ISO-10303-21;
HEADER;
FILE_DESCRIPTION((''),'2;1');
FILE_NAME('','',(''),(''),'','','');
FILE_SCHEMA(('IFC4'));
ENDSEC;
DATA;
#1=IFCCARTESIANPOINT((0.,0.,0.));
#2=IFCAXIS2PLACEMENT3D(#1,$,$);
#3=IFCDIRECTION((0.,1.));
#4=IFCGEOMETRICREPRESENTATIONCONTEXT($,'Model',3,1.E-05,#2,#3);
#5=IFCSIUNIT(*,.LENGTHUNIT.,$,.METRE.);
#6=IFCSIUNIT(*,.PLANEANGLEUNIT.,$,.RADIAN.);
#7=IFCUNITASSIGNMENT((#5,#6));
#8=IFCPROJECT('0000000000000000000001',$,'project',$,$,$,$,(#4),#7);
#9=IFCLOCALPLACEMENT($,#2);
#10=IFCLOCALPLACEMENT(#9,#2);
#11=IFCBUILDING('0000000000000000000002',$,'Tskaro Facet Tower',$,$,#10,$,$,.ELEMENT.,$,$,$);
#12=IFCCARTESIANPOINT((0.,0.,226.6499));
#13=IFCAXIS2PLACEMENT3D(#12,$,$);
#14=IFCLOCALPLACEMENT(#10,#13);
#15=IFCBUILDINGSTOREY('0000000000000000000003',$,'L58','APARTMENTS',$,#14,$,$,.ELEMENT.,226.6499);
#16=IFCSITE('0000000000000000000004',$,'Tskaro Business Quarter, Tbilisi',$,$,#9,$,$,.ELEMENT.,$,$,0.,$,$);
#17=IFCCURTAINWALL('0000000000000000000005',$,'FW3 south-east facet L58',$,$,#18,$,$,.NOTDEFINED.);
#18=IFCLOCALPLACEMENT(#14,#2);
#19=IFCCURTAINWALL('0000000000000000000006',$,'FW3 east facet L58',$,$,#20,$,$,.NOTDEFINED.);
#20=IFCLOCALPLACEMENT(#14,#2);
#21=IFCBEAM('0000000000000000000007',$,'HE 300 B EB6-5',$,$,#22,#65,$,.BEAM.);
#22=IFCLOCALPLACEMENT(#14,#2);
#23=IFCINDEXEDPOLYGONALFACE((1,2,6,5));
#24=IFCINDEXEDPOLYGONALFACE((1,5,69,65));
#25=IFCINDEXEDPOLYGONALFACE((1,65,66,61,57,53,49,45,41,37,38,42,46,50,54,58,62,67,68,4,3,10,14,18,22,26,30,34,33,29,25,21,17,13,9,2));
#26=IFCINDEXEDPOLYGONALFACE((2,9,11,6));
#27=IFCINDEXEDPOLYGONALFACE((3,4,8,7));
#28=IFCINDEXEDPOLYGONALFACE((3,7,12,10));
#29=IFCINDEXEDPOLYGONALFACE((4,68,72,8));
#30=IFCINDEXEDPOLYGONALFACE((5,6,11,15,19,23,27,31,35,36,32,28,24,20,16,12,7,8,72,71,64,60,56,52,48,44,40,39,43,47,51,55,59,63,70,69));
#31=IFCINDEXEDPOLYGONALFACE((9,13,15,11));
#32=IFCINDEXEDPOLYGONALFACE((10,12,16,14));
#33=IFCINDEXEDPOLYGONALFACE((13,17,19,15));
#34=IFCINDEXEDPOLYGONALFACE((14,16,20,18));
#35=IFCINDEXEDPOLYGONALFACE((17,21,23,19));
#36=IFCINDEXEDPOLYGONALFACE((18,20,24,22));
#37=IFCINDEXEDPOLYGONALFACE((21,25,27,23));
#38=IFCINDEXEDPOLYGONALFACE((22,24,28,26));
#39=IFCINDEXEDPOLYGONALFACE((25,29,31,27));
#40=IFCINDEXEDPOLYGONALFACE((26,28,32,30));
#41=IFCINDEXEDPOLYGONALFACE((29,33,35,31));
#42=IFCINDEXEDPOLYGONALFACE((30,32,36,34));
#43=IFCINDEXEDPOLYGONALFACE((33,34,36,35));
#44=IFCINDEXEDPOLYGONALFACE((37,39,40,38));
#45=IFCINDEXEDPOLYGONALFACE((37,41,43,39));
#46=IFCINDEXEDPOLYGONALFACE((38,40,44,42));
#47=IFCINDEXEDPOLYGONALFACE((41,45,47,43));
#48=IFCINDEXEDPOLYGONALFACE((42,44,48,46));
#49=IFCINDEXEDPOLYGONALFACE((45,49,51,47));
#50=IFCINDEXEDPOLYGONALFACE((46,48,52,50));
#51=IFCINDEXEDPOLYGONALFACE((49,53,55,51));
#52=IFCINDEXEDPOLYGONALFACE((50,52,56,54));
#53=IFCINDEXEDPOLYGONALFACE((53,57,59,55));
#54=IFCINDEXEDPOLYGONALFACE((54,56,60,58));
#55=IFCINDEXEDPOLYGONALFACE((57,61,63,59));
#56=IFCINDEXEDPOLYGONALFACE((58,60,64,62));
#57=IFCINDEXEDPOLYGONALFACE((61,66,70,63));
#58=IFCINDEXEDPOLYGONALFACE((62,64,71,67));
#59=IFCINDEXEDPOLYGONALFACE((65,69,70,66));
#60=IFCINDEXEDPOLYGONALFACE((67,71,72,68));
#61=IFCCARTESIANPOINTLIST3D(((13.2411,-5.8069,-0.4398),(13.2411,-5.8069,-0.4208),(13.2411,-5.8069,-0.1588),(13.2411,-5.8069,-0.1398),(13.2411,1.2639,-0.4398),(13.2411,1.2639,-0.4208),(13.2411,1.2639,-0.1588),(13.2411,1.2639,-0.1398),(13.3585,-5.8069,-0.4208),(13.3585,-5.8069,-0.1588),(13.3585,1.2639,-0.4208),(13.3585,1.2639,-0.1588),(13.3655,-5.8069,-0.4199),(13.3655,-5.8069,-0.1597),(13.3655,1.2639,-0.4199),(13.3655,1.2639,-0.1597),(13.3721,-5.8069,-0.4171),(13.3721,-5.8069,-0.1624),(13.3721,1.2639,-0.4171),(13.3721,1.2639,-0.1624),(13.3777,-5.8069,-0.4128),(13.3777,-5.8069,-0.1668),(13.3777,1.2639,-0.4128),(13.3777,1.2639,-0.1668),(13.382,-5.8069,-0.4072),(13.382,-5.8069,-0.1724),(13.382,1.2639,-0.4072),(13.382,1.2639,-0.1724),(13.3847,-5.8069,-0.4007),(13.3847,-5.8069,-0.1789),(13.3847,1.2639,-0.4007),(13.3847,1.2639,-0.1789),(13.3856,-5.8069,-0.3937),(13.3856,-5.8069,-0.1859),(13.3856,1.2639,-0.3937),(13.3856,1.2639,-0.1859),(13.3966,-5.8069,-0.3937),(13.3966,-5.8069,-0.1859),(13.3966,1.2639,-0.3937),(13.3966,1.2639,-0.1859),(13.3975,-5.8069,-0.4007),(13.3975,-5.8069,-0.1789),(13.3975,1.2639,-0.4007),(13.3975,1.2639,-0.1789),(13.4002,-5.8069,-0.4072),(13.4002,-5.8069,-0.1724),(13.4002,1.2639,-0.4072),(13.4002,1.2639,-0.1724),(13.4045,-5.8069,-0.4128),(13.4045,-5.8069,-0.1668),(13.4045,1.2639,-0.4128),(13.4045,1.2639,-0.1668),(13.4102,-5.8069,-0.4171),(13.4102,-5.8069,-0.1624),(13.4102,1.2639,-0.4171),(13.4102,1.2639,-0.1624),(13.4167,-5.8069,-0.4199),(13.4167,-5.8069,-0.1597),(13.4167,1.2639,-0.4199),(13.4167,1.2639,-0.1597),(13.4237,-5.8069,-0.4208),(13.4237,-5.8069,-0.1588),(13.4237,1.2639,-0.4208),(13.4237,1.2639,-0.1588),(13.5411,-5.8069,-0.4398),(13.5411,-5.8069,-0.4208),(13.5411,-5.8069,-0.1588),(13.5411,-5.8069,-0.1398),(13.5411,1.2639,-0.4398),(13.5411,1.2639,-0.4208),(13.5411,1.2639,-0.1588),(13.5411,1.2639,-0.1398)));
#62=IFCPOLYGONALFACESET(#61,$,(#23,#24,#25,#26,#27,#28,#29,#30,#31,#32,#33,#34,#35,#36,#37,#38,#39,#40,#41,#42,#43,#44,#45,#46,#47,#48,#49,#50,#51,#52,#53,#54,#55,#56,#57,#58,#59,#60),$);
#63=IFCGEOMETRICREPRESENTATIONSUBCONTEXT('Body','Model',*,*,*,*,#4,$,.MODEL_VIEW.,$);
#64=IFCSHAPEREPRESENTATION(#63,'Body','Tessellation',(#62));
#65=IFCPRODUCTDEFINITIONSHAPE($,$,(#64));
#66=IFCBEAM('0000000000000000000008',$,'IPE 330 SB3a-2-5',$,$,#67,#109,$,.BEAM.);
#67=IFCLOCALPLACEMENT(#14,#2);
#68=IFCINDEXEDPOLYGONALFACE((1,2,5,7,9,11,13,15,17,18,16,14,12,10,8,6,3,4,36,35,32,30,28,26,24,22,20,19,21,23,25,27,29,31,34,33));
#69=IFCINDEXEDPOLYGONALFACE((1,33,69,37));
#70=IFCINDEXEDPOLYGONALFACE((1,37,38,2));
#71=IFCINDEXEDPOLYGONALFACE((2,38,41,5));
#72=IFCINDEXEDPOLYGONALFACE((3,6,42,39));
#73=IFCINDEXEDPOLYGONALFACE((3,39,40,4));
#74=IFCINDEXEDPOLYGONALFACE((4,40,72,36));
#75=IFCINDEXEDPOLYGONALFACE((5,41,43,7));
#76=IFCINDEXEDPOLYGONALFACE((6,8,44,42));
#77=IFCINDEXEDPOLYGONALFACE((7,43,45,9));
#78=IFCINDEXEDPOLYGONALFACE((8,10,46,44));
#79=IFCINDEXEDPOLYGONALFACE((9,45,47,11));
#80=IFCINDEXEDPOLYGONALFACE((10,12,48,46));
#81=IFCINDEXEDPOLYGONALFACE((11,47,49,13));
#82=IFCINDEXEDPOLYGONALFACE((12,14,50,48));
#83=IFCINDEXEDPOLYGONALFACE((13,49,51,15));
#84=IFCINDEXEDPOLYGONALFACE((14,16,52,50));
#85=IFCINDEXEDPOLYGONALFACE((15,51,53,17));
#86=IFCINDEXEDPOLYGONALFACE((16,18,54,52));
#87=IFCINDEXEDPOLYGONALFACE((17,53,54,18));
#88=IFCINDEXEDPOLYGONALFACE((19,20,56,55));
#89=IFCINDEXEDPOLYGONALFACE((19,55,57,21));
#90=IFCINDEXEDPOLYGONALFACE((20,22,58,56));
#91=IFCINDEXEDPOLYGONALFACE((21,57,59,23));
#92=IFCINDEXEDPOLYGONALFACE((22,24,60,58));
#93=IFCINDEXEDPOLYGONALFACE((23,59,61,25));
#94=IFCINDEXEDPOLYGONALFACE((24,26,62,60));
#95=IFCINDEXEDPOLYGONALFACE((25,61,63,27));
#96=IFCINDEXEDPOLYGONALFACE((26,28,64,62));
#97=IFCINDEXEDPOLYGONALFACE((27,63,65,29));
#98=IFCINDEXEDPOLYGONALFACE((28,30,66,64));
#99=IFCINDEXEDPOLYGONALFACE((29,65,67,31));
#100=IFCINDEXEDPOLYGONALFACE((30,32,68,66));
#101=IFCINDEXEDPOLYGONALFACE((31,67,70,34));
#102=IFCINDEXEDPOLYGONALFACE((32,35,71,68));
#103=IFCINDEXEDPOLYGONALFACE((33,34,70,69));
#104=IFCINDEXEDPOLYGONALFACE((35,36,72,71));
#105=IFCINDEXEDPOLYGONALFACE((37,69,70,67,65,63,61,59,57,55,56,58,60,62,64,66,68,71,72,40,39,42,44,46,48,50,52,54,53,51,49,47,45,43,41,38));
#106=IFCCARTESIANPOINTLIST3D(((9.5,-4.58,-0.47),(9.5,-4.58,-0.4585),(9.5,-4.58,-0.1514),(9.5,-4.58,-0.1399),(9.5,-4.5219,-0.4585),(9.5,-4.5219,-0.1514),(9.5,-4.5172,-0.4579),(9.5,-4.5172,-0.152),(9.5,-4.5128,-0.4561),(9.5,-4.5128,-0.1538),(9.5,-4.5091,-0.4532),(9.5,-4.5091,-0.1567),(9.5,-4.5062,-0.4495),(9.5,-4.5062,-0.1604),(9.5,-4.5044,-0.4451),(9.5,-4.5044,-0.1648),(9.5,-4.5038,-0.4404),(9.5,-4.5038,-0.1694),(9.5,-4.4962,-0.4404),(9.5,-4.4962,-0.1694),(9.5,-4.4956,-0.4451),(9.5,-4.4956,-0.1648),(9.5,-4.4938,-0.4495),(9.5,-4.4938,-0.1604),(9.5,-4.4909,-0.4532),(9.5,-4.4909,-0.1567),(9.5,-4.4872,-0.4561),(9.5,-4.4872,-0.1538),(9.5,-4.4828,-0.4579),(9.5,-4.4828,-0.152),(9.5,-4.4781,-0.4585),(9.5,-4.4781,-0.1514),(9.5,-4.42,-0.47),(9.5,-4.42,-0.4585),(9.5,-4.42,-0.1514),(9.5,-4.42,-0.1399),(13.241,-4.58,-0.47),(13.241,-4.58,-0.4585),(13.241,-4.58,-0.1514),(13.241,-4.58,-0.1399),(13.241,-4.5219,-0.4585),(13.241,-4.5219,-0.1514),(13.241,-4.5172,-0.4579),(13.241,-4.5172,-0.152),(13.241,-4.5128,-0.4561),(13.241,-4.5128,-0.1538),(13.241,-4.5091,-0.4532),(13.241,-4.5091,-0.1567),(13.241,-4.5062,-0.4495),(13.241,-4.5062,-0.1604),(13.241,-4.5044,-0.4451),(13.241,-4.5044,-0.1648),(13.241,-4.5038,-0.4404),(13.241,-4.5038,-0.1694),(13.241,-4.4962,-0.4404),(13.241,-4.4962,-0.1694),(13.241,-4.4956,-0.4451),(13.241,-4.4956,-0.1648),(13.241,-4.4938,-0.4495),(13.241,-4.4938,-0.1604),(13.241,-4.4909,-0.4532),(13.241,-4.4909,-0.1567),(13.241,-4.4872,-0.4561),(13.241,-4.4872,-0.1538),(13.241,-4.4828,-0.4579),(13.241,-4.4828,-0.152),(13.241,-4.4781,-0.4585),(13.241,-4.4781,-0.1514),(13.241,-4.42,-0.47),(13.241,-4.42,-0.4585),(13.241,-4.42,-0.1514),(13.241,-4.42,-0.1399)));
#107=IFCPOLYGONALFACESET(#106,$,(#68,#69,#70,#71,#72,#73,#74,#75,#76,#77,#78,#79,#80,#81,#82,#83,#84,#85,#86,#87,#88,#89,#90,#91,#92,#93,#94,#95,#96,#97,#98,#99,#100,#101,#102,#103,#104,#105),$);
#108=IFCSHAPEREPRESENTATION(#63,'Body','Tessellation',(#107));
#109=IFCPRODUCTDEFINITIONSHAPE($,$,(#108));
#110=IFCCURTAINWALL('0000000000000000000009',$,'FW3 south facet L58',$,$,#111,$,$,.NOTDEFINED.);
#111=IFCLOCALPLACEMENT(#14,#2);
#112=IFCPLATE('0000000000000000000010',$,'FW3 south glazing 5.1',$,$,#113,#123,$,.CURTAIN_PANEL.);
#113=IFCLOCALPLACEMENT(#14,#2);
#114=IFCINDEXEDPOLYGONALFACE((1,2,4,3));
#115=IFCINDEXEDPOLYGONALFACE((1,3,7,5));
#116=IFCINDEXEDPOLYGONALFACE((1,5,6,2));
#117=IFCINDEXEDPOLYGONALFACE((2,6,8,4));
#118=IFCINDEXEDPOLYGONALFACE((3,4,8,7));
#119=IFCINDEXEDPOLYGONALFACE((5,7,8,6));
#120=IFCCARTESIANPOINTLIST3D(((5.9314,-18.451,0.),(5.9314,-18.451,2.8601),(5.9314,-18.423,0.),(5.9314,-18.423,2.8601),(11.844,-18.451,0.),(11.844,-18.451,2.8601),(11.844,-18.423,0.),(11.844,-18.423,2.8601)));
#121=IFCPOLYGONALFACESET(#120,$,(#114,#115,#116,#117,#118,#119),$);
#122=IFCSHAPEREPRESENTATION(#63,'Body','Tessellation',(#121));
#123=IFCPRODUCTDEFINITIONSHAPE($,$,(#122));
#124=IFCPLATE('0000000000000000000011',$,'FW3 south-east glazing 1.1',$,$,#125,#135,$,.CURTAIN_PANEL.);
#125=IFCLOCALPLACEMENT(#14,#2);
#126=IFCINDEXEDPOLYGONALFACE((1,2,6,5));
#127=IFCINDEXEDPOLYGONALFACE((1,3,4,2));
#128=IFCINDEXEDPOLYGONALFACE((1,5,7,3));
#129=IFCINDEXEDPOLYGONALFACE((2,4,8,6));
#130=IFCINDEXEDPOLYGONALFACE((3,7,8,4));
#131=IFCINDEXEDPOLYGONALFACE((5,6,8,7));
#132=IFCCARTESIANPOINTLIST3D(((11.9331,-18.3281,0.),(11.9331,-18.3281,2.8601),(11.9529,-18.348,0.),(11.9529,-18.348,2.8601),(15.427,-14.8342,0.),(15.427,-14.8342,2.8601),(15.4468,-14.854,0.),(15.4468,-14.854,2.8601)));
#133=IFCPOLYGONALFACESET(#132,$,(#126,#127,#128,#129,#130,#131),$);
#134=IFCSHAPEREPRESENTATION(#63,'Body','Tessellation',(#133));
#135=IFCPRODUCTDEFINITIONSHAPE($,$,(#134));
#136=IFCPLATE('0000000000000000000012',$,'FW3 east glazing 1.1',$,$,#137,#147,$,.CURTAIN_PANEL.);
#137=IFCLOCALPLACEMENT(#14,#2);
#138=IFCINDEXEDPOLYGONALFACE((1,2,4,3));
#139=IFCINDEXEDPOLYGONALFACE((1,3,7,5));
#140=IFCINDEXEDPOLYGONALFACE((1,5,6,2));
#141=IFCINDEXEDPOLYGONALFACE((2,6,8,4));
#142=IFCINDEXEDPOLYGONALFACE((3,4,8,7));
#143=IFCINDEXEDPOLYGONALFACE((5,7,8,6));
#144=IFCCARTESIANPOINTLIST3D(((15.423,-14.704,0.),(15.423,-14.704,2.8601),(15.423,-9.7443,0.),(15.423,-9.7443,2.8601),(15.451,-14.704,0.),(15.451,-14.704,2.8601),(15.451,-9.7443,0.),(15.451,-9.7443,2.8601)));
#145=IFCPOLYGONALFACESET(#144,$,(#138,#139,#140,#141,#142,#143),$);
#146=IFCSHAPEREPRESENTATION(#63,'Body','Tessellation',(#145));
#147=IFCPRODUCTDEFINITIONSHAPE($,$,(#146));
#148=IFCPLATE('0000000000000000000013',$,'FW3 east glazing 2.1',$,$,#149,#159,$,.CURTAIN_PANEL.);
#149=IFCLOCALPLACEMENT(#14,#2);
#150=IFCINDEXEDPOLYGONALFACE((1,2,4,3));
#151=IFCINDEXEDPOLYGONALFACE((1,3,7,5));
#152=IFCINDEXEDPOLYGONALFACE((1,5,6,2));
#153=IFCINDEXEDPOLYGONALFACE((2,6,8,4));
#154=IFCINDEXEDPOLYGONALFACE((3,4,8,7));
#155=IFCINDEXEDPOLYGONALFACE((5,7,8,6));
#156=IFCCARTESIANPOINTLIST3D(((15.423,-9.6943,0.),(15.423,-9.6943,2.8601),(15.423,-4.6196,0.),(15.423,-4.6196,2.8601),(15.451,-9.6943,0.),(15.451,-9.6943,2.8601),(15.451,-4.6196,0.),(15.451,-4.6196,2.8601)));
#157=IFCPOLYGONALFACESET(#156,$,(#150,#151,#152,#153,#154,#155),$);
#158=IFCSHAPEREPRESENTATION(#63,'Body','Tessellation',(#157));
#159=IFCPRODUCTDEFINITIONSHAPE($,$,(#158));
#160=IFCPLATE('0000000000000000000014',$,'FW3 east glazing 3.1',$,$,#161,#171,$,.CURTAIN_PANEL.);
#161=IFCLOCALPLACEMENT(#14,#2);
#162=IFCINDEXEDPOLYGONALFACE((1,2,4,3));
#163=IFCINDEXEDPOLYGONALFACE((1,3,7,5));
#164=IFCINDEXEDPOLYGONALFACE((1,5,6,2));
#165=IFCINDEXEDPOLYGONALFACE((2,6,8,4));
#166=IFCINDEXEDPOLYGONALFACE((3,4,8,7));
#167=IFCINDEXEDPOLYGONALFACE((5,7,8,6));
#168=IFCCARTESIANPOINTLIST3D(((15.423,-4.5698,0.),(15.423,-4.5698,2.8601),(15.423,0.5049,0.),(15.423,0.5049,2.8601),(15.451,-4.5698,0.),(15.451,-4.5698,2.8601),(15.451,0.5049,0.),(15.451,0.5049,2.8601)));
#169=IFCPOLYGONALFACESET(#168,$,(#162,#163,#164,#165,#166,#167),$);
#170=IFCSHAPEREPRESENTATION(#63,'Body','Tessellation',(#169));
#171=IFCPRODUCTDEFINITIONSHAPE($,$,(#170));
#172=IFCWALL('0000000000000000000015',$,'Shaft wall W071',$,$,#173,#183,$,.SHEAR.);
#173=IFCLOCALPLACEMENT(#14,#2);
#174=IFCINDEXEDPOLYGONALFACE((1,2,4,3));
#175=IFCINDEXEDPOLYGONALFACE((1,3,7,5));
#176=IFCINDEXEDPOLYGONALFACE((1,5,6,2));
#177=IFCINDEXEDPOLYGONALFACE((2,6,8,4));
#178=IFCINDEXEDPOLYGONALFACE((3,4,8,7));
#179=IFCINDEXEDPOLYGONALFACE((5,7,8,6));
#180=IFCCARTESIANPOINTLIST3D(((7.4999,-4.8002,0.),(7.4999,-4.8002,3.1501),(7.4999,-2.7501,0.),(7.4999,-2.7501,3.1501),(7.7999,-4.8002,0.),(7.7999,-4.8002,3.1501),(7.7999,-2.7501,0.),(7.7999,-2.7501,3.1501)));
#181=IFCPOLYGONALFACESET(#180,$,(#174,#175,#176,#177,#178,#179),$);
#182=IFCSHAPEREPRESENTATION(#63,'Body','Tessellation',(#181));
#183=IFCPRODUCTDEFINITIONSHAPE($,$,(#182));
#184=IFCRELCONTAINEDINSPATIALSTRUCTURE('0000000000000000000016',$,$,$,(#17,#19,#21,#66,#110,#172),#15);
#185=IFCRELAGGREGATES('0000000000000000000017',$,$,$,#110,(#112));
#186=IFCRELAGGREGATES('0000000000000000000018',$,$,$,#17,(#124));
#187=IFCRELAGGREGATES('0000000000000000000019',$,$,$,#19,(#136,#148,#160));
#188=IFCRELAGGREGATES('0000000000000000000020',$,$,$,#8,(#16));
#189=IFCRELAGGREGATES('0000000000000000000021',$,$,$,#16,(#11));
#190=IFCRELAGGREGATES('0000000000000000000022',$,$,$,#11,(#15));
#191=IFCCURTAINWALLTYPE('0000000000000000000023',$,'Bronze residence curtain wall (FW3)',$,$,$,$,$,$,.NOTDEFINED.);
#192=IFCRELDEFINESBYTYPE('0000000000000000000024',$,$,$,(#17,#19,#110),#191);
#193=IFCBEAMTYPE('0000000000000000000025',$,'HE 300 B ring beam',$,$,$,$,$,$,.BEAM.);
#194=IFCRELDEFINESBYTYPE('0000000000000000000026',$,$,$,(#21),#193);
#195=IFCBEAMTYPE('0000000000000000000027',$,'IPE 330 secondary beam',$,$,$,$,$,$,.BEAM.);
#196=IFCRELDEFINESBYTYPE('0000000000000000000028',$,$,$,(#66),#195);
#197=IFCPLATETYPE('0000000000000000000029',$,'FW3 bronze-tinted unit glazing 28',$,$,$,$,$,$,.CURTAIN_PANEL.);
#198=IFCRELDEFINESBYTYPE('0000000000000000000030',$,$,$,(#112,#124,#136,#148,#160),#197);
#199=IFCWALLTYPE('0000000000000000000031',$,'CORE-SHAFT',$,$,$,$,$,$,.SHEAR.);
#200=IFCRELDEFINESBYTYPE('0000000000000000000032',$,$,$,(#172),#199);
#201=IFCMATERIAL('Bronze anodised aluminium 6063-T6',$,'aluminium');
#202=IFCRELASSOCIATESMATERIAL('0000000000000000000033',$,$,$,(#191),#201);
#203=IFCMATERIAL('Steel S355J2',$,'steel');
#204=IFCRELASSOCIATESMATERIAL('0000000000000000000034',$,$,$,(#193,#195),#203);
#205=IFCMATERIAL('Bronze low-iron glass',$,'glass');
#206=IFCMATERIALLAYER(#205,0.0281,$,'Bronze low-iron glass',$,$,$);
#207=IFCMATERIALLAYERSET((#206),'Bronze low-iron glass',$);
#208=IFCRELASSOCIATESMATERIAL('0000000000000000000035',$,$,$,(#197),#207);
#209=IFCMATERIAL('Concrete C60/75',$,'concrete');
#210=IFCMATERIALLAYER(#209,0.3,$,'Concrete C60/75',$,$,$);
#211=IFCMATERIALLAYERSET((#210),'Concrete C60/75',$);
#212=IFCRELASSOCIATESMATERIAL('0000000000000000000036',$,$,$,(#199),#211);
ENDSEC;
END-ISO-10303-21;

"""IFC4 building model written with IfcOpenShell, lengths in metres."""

from ifc_helpers import new_model, si_unit, direction, frame, frame_2d, origin, origin_2d, place, context, subcontext, project, spatial, rectangle, i_section, extrude, material, layer, layer_set, material_profile, profile_set, type_object, element, aggregate, save


model = new_model("IFC4")

# Units and contexts
model_context = context("Model", 3, precision=1e-05, world=origin(), true_north=direction((0.0, 1.0)))
body_context = subcontext(model_context, "Body", "Model", "MODEL_VIEW")
ifc_project = project(units=[si_unit("LENGTHUNIT", "METRE"), si_unit("PLANEANGLEUNIT", "RADIAN")], contexts=[model_context])

# Site, building, storey
site_placement = place(None, origin())
site = spatial("IfcSite", under=ifc_project, at=site_placement, Name="Tskaro Business Quarter, Tbilisi", CompositionType="ELEMENT", RefElevation=0.0)
building_placement = place(site_placement, origin())
building = spatial("IfcBuilding", under=site, at=building_placement, Name="Tskaro Facet Tower", CompositionType="ELEMENT")
storey_placement = place(building_placement, frame((0.0, 0.0, 226.6499)))
storey = spatial("IfcBuildingStorey", under=building, at=storey_placement, Name="L58", Description="APARTMENTS", CompositionType="ELEMENT", Elevation=226.6499)

# Shared definitions
ifc_material_1 = material(Name="Steel S355J2", Category="steel")

# Curtain wall
ifc_material_2 = material(Name="Bronze anodised aluminium 6063-T6", Category="aluminium")
curtain_wall_type = type_object("IfcCurtainWallType", Name="Bronze residence curtain wall (FW3)", PredefinedType="NOTDEFINED", material=ifc_material_2)
curtain_wall_1_placement = place(storey_placement, origin())
curtain_wall_1 = element("IfcCurtainWall", 1, at=curtain_wall_1_placement, inside=storey, type_object=curtain_wall_type, Name="FW3 south-east facet L58", PredefinedType="NOTDEFINED")

# Curtain wall
curtain_wall_2_placement = place(storey_placement, origin())
curtain_wall_2 = element("IfcCurtainWall", 2, at=curtain_wall_2_placement, inside=storey, type_object=curtain_wall_type, Name="FW3 east facet L58", PredefinedType="NOTDEFINED")

# Beams
ifc_material_profile_1 = material_profile(ifc_material_1, i_section(OverallWidth=0.3, OverallDepth=0.3, WebThickness=0.011, FlangeThickness=0.019, FilletRadius=0.0271, at=origin_2d()), Name="HE 300 B")
ifc_profile_set_1 = profile_set([ifc_material_profile_1], Name="Steel S355J2")
beam_type_1 = type_object("IfcBeamType", Name="HE 300 B ring beam", PredefinedType="BEAM", material=ifc_profile_set_1)
beam_1_placement = place(storey_placement, frame((13.3911, -5.8069, -0.2898), z_axis=(0.0, 1.0, 0.0), x_axis=(-1.0, 0.0, 0.0)))
element("IfcBeam", 3, at=beam_1_placement, inside=storey, type_object=beam_type_1, Name="HE 300 B EB6-5", PredefinedType="BEAM", context=body_context, shape_type="SweptSolid", body=[
    extrude(i_section(OverallWidth=0.3, OverallDepth=0.3, WebThickness=0.011, FlangeThickness=0.019, FilletRadius=0.0271, at=origin_2d()), origin(), (0.0, 0.0, 1.0), 7.0708),
])
ifc_material_profile_2 = material_profile(ifc_material_1, i_section(OverallWidth=0.1599, OverallDepth=0.3301, WebThickness=0.0076, FlangeThickness=0.0115, FilletRadius=0.0181, at=origin_2d()), Name="IPE 330")
ifc_profile_set_2 = profile_set([ifc_material_profile_2], Name="Steel S355J2")
beam_type_2 = type_object("IfcBeamType", Name="IPE 330 secondary beam", PredefinedType="BEAM", material=ifc_profile_set_2)
beam_2_placement = place(storey_placement, frame((9.5, -4.5, -0.3049), z_axis=(1.0, 0.0, 0.0), x_axis=(0.0, 1.0, 0.0)))
element("IfcBeam", 4, at=beam_2_placement, inside=storey, type_object=beam_type_2, Name="IPE 330 SB3a-2-5", PredefinedType="BEAM", context=body_context, shape_type="SweptSolid", body=[
    extrude(i_section(OverallWidth=0.1599, OverallDepth=0.3301, WebThickness=0.0076, FlangeThickness=0.0115, FilletRadius=0.0181, at=origin_2d()), origin(), (0.0, 0.0, 1.0), 3.741),
])

# Curtain wall, plate
curtain_wall_3_placement = place(storey_placement, origin())
curtain_wall_3 = element("IfcCurtainWall", 5, at=curtain_wall_3_placement, inside=storey, type_object=curtain_wall_type, Name="FW3 south facet L58", PredefinedType="NOTDEFINED")
ifc_material_3 = material(Name="Bronze low-iron glass", Category="glass")
ifc_layer_1 = layer(ifc_material_3, 0.0281, Name="Bronze low-iron glass")
ifc_layer_set_1 = layer_set([ifc_layer_1], Name="Bronze low-iron glass")
plate_type = type_object("IfcPlateType", Name="FW3 bronze-tinted unit glazing 28", PredefinedType="CURTAIN_PANEL", material=ifc_layer_set_1)
plate_1_placement = place(storey_placement, frame((8.8877, -18.437, 0.0), z_axis=(0.0, 0.0, 1.0), x_axis=(1.0, 0.0, 0.0)))
plate_1 = element("IfcPlate", 6, at=plate_1_placement, type_object=plate_type, Name="FW3 south glazing 5.1", PredefinedType="CURTAIN_PANEL", context=body_context, shape_type="SweptSolid", body=[
    extrude(rectangle(XDim=5.9126, YDim=0.0281, at=origin_2d()), origin(), (0.0, 0.0, 1.0), 2.8601),
])
aggregate(curtain_wall_3, [plate_1])

# Plates
plate_2_placement = place(storey_placement, frame((13.6899, -16.5911, 0.0), z_axis=(0.0, 0.0, 1.0), x_axis=(0.707107, 0.707107, 0.0)))
plate_2 = element("IfcPlate", 7, at=plate_2_placement, type_object=plate_type, Name="FW3 south-east glazing 1.1", PredefinedType="CURTAIN_PANEL", context=body_context, shape_type="SweptSolid", body=[
    extrude(rectangle(XDim=4.9412, YDim=0.0281, at=origin_2d()), origin(), (0.0, 0.0, 1.0), 2.8601),
])
aggregate(curtain_wall_1, [plate_2])
plate_3_placement = place(storey_placement, frame((15.437, -12.2241, 0.0), z_axis=(0.0, 0.0, 1.0), x_axis=(0.0, 1.0, 0.0)))
plate_3 = element("IfcPlate", 8, at=plate_3_placement, type_object=plate_type, Name="FW3 east glazing 1.1", PredefinedType="CURTAIN_PANEL", context=body_context, shape_type="SweptSolid", body=[
    extrude(rectangle(XDim=4.9597, YDim=0.0281, at=origin_2d()), origin(), (0.0, 0.0, 1.0), 2.8601),
])
plate_4_placement = place(storey_placement, frame((15.437, -7.157, 0.0), z_axis=(0.0, 0.0, 1.0), x_axis=(0.0, 1.0, 0.0)))
plate_4 = element("IfcPlate", 9, at=plate_4_placement, type_object=plate_type, Name="FW3 east glazing 2.1", PredefinedType="CURTAIN_PANEL", context=body_context, shape_type="SweptSolid", body=[
    extrude(rectangle(XDim=5.0747, YDim=0.0281, at=origin_2d()), origin(), (0.0, 0.0, 1.0), 2.8601),
])
plate_5_placement = place(storey_placement, frame((15.437, -2.0325, 0.0), z_axis=(0.0, 0.0, 1.0), x_axis=(0.0, 1.0, 0.0)))
plate_5 = element("IfcPlate", 10, at=plate_5_placement, type_object=plate_type, Name="FW3 east glazing 3.1", PredefinedType="CURTAIN_PANEL", context=body_context, shape_type="SweptSolid", body=[
    extrude(rectangle(XDim=5.0747, YDim=0.0281, at=origin_2d()), origin(), (0.0, 0.0, 1.0), 2.8601),
])
aggregate(curtain_wall_2, [plate_3, plate_4, plate_5])

# Wall
ifc_material_4 = material(Name="Concrete C60/75", Category="concrete")
ifc_layer_2 = layer(ifc_material_4, 0.3, Name="Concrete C60/75")
ifc_layer_set_2 = layer_set([ifc_layer_2], Name="Concrete C60/75")
wall_type_1 = type_object("IfcWallType", Name="CORE-SHAFT", PredefinedType="SHEAR", material=ifc_layer_set_2)
wall_1_placement = place(storey_placement, frame((7.6499, -4.8, 0.0), z_axis=(0.0, 0.0, 1.0), x_axis=(0.0, 1.0, 0.0)))
element("IfcWall", 11, at=wall_1_placement, inside=storey, type_object=wall_type_1, Name="Shaft wall W071", PredefinedType="SHEAR", context=body_context, shape_type="SweptSolid", body=[
    extrude(rectangle(XDim=2.05, YDim=0.3, at=frame_2d((1.0249, 0.0))), origin(), (0.0, 0.0, 1.0), 3.1501),
])

save(model, "model.ifc")
